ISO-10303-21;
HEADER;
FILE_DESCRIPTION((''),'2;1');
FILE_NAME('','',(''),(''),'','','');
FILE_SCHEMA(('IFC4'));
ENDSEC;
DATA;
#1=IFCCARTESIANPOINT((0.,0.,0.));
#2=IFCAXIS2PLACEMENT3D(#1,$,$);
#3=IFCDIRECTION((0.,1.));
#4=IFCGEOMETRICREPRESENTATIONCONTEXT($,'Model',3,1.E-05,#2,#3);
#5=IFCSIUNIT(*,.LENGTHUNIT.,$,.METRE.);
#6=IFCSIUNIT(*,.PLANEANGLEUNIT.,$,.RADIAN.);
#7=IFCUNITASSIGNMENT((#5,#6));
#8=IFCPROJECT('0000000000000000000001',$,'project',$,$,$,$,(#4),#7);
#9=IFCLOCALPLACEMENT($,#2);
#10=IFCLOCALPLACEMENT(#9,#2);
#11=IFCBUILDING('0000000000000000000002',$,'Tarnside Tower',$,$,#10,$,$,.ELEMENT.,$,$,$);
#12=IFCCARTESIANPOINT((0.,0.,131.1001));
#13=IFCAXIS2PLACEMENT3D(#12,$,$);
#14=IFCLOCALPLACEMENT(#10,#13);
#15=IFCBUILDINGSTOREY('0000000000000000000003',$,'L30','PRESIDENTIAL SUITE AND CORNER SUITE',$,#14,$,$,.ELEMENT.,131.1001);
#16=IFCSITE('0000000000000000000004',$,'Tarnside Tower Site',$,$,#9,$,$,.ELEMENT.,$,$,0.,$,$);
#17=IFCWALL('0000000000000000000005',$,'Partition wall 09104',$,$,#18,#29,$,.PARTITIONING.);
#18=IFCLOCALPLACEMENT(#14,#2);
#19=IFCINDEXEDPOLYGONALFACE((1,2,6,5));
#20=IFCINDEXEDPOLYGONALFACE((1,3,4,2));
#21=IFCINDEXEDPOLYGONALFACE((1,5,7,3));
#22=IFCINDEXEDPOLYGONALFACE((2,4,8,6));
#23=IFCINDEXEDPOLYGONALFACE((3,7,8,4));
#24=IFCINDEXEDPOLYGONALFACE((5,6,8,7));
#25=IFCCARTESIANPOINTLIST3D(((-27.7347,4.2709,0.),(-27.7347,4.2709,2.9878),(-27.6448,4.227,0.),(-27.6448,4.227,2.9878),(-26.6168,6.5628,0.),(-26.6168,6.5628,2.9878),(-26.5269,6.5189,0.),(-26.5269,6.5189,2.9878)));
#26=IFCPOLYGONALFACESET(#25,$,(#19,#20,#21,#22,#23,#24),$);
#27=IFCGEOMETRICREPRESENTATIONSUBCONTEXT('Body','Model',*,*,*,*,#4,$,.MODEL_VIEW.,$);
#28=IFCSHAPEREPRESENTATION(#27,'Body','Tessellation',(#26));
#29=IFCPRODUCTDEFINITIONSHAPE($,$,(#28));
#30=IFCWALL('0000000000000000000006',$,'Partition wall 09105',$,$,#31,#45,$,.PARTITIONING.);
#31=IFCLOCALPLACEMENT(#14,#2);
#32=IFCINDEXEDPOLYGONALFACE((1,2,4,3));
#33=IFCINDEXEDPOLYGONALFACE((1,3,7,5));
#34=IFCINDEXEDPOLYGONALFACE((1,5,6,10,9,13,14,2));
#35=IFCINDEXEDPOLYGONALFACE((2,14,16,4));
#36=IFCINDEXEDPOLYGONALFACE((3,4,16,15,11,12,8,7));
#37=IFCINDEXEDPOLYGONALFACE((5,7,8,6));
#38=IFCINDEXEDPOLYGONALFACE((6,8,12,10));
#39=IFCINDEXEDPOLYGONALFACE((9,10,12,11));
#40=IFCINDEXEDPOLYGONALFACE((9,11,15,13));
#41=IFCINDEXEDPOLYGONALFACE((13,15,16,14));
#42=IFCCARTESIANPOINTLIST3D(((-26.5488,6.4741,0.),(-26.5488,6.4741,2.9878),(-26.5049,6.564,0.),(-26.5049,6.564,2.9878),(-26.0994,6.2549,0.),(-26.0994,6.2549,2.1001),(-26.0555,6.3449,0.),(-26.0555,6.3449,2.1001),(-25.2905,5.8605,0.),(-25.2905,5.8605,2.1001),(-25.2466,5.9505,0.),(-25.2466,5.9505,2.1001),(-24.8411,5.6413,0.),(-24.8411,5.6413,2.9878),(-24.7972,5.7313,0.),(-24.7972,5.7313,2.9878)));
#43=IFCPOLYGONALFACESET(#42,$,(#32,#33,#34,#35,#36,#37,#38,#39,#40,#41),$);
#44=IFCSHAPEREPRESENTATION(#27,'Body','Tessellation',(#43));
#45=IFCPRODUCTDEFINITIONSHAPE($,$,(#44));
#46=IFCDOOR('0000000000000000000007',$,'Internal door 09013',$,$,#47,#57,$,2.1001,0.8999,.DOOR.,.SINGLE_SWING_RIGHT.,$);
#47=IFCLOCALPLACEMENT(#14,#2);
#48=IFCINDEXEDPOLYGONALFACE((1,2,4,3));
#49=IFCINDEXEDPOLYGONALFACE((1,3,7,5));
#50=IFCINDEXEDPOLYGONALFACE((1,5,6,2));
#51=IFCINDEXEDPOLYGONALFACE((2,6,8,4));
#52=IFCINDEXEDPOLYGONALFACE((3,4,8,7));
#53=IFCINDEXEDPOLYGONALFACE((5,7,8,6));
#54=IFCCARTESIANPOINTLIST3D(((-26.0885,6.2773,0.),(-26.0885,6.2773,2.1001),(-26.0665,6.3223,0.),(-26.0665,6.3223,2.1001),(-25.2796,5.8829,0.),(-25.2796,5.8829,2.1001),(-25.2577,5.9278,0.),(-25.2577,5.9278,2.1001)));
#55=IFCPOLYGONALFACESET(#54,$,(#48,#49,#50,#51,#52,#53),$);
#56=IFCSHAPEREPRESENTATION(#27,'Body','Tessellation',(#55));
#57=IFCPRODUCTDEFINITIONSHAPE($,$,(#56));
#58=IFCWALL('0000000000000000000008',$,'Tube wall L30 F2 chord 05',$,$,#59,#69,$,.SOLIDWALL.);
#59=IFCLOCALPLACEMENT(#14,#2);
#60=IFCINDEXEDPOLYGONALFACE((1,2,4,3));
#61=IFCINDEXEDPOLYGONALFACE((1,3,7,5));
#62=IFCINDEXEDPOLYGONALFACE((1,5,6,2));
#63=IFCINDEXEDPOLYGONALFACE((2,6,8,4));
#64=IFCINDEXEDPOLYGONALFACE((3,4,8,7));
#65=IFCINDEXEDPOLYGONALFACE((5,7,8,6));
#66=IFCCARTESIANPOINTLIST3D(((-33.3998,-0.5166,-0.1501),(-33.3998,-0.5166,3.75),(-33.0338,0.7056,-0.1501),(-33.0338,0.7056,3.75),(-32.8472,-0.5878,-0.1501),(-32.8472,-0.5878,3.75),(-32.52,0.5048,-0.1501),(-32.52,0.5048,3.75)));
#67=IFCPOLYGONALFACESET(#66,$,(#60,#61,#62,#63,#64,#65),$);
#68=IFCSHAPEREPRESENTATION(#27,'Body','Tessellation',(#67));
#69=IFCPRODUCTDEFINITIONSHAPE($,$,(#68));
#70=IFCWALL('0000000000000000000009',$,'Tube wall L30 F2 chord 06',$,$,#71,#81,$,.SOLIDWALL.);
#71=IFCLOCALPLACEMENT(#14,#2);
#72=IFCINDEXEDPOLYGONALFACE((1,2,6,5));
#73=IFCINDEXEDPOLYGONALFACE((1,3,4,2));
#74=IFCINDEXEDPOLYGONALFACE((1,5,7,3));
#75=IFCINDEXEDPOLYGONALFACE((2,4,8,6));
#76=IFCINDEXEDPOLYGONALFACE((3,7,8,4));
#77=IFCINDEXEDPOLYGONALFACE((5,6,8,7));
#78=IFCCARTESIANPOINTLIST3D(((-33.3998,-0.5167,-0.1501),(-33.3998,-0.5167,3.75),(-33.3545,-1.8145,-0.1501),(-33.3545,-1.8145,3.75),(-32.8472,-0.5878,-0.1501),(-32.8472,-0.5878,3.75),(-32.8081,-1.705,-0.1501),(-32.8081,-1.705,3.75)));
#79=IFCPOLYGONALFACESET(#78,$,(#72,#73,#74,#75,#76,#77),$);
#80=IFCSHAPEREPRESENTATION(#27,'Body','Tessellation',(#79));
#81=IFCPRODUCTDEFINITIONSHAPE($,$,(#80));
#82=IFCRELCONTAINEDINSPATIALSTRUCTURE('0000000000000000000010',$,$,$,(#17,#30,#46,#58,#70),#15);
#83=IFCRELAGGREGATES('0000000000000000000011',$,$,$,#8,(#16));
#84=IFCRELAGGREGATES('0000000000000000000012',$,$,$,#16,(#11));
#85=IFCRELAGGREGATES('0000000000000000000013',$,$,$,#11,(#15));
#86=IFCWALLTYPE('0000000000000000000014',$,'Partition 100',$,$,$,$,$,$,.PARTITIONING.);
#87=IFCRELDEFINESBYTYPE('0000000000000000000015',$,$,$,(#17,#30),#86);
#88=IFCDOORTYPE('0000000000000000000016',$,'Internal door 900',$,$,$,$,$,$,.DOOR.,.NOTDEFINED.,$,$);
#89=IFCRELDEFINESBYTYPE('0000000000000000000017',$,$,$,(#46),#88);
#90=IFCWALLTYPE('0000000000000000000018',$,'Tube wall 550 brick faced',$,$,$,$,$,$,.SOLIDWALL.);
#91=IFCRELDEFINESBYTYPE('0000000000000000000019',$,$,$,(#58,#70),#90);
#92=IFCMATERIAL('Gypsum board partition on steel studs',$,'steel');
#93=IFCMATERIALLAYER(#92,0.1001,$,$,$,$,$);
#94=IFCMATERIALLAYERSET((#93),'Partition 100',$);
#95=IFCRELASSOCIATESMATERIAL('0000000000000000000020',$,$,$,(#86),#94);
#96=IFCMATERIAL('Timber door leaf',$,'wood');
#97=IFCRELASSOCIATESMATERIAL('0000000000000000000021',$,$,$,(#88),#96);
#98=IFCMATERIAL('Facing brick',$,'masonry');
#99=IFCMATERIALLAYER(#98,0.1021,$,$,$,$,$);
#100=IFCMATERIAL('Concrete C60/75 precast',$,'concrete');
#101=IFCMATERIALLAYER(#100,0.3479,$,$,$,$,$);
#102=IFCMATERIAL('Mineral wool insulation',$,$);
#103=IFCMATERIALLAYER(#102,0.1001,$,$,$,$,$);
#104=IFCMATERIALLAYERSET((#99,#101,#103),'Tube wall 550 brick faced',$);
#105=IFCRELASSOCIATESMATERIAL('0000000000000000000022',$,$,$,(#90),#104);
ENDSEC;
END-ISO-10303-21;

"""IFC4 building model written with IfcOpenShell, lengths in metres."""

from ifc_helpers import new_model, si_unit, direction, frame, frame_2d, origin, place, context, subcontext, project, spatial, polyline, rectangle, outline, extrude, material, layer, layer_set, type_object, element, fill, save


model = new_model("IFC4")

# Units and contexts
model_context = context("Model", 3, precision=1e-05, world=origin(), true_north=direction((0.0, 1.0)))
body_context = subcontext(model_context, "Body", "Model", "MODEL_VIEW")
ifc_project = project(units=[si_unit("LENGTHUNIT", "METRE"), si_unit("PLANEANGLEUNIT", "RADIAN")], contexts=[model_context])

# Site, building, storey
site_placement = place(None, origin())
site = spatial("IfcSite", under=ifc_project, at=site_placement, Name="Tarnside Tower Site", CompositionType="ELEMENT", RefElevation=0.0)
building_placement = place(site_placement, origin())
building = spatial("IfcBuilding", under=site, at=building_placement, Name="Tarnside Tower", CompositionType="ELEMENT")
storey_placement = place(building_placement, frame((0.0, 0.0, 131.1001)))
storey = spatial("IfcBuildingStorey", under=building, at=storey_placement, Name="L30", Description="PRESIDENTIAL SUITE AND CORNER SUITE", CompositionType="ELEMENT", Elevation=131.1001)

# Shared definitions
ifc_material_1 = material(Name="Gypsum board partition on steel studs", Category="steel")

# Shared definitions
ifc_material_2 = material(Name="Timber door leaf", Category="wood")

# Wall
ifc_layer_1 = layer(ifc_material_1, 0.1001)
ifc_layer_set_1 = layer_set([ifc_layer_1], Name="Partition 100")
wall_type_1 = type_object("IfcWallType", Name="Partition 100", PredefinedType="PARTITIONING", material=ifc_layer_set_1)
wall_1_placement = place(storey_placement, frame((-27.6897, 4.249, 0.0), z_axis=(0.0, 0.0, 1.0), x_axis=(0.438384, 0.898788, 0.0)))
element("IfcWall", 1, at=wall_1_placement, inside=storey, type_object=wall_type_1, Name="Partition wall 09104", PredefinedType="PARTITIONING", context=body_context, shape_type="SweptSolid", body=[
    extrude(rectangle(XDim=2.55, YDim=0.1001, at=frame_2d((1.2749, 0.0))), origin(), (0.0, 0.0, 1.0), 2.9878),
])

# Wall, opening, door
wall_2_placement = place(storey_placement, frame((-26.5269, 6.519, 0.0), z_axis=(0.0, 0.0, 1.0), x_axis=(0.898829, -0.4383, 0.0)))
wall_2 = element("IfcWall", 2, at=wall_2_placement, inside=storey, type_object=wall_type_1, Name="Partition wall 09105", PredefinedType="PARTITIONING", context=body_context, shape_type="SweptSolid", body=[
    extrude(rectangle(XDim=1.8999, YDim=0.1001, at=frame_2d((0.95, 0.0))), origin(), (0.0, 0.0, 1.0), 2.9878),
])
opening_1_placement = place(wall_2_placement, frame((0.5, 0.0, 0.0)))
opening_1 = element("IfcOpeningElement", 3, at=opening_1_placement, cuts=wall_2, PredefinedType="OPENING", context=body_context, shape_type="SweptSolid", body=[
    extrude(rectangle(XDim=0.8999, YDim=2.1001, at=frame_2d((0.45, 1.05))), frame((0.0, 0.0601, 0.0), z_axis=(0.0, -1.0, 0.0), x_axis=(1.0, 0.0, 0.0)), (0.0, 0.0, 1.0), 0.1201),
])
door_type_1 = type_object("IfcDoorType", Name="Internal door 900", OperationType="NOTDEFINED", PredefinedType="DOOR", material=ifc_material_2)
door_1_placement = place(opening_1_placement, origin())
door_1 = element("IfcDoor", 4, at=door_1_placement, inside=storey, type_object=door_type_1, Name="Internal door 09013", OperationType="SINGLE_SWING_RIGHT", OverallHeight=2.1001, OverallWidth=0.8999, PredefinedType="DOOR", context=body_context, shape_type="SweptSolid", body=[
    extrude(rectangle(XDim=0.8999, YDim=2.1001, at=frame_2d((0.45, 1.05))), frame((0.0, 0.0249, 0.0), z_axis=(0.0, -1.0, 0.0), x_axis=(1.0, 0.0, 0.0)), (0.0, 0.0, 1.0), 0.05),
])
fill(opening_1, door_1)

# Walls
ifc_material_3 = material(Name="Facing brick", Category="masonry")
ifc_layer_2 = layer(ifc_material_3, 0.1021)
ifc_material_4 = material(Name="Concrete C60/75 precast", Category="concrete")
ifc_layer_3 = layer(ifc_material_4, 0.3479)
ifc_material_5 = material(Name="Mineral wool insulation")
ifc_layer_4 = layer(ifc_material_5, 0.1001)
ifc_layer_set_2 = layer_set([ifc_layer_2, ifc_layer_3, ifc_layer_4], Name="Tube wall 550 brick faced")
wall_type_2 = type_object("IfcWallType", Name="Tube wall 550 brick faced", PredefinedType="SOLIDWALL", material=ifc_layer_set_2)
wall_3_placement = place(storey_placement, frame((-32.7769, 0.6052, -0.1501), z_axis=(0.0, 0.0, 1.0), x_axis=(-0.286921, -0.957954, 0.0)))
element("IfcWall", 5, at=wall_3_placement, inside=storey, type_object=wall_type_2, Name="Tube wall L30 F2 chord 05", PredefinedType="SOLIDWALL", context=body_context, shape_type="SweptSolid", body=[
    extrude(outline(polyline([(-0.0225, -0.2749), (1.2534, -0.2749), (1.1631, 0.2749), (0.0225, 0.2749), (-0.0225, -0.2749)])), origin(), (0.0, 0.0, 1.0), 3.9001),
])
wall_4_placement = place(storey_placement, frame((-33.1235, -0.5522, -0.1501), z_axis=(0.0, 0.0, 1.0), x_axis=(0.034956, -0.999389, 0.0)))
element("IfcWall", 6, at=wall_4_placement, inside=storey, type_object=wall_type_2, Name="Tube wall L30 F2 chord 06", PredefinedType="SOLIDWALL", context=body_context, shape_type="SweptSolid", body=[
    extrude(outline(polyline([(-0.0452, -0.2749), (1.2534, -0.2749), (1.1631, 0.2749), (0.0452, 0.2749), (-0.0452, -0.2749)])), origin(), (0.0, 0.0, 1.0), 3.9001),
])

save(model, "model.ifc")
